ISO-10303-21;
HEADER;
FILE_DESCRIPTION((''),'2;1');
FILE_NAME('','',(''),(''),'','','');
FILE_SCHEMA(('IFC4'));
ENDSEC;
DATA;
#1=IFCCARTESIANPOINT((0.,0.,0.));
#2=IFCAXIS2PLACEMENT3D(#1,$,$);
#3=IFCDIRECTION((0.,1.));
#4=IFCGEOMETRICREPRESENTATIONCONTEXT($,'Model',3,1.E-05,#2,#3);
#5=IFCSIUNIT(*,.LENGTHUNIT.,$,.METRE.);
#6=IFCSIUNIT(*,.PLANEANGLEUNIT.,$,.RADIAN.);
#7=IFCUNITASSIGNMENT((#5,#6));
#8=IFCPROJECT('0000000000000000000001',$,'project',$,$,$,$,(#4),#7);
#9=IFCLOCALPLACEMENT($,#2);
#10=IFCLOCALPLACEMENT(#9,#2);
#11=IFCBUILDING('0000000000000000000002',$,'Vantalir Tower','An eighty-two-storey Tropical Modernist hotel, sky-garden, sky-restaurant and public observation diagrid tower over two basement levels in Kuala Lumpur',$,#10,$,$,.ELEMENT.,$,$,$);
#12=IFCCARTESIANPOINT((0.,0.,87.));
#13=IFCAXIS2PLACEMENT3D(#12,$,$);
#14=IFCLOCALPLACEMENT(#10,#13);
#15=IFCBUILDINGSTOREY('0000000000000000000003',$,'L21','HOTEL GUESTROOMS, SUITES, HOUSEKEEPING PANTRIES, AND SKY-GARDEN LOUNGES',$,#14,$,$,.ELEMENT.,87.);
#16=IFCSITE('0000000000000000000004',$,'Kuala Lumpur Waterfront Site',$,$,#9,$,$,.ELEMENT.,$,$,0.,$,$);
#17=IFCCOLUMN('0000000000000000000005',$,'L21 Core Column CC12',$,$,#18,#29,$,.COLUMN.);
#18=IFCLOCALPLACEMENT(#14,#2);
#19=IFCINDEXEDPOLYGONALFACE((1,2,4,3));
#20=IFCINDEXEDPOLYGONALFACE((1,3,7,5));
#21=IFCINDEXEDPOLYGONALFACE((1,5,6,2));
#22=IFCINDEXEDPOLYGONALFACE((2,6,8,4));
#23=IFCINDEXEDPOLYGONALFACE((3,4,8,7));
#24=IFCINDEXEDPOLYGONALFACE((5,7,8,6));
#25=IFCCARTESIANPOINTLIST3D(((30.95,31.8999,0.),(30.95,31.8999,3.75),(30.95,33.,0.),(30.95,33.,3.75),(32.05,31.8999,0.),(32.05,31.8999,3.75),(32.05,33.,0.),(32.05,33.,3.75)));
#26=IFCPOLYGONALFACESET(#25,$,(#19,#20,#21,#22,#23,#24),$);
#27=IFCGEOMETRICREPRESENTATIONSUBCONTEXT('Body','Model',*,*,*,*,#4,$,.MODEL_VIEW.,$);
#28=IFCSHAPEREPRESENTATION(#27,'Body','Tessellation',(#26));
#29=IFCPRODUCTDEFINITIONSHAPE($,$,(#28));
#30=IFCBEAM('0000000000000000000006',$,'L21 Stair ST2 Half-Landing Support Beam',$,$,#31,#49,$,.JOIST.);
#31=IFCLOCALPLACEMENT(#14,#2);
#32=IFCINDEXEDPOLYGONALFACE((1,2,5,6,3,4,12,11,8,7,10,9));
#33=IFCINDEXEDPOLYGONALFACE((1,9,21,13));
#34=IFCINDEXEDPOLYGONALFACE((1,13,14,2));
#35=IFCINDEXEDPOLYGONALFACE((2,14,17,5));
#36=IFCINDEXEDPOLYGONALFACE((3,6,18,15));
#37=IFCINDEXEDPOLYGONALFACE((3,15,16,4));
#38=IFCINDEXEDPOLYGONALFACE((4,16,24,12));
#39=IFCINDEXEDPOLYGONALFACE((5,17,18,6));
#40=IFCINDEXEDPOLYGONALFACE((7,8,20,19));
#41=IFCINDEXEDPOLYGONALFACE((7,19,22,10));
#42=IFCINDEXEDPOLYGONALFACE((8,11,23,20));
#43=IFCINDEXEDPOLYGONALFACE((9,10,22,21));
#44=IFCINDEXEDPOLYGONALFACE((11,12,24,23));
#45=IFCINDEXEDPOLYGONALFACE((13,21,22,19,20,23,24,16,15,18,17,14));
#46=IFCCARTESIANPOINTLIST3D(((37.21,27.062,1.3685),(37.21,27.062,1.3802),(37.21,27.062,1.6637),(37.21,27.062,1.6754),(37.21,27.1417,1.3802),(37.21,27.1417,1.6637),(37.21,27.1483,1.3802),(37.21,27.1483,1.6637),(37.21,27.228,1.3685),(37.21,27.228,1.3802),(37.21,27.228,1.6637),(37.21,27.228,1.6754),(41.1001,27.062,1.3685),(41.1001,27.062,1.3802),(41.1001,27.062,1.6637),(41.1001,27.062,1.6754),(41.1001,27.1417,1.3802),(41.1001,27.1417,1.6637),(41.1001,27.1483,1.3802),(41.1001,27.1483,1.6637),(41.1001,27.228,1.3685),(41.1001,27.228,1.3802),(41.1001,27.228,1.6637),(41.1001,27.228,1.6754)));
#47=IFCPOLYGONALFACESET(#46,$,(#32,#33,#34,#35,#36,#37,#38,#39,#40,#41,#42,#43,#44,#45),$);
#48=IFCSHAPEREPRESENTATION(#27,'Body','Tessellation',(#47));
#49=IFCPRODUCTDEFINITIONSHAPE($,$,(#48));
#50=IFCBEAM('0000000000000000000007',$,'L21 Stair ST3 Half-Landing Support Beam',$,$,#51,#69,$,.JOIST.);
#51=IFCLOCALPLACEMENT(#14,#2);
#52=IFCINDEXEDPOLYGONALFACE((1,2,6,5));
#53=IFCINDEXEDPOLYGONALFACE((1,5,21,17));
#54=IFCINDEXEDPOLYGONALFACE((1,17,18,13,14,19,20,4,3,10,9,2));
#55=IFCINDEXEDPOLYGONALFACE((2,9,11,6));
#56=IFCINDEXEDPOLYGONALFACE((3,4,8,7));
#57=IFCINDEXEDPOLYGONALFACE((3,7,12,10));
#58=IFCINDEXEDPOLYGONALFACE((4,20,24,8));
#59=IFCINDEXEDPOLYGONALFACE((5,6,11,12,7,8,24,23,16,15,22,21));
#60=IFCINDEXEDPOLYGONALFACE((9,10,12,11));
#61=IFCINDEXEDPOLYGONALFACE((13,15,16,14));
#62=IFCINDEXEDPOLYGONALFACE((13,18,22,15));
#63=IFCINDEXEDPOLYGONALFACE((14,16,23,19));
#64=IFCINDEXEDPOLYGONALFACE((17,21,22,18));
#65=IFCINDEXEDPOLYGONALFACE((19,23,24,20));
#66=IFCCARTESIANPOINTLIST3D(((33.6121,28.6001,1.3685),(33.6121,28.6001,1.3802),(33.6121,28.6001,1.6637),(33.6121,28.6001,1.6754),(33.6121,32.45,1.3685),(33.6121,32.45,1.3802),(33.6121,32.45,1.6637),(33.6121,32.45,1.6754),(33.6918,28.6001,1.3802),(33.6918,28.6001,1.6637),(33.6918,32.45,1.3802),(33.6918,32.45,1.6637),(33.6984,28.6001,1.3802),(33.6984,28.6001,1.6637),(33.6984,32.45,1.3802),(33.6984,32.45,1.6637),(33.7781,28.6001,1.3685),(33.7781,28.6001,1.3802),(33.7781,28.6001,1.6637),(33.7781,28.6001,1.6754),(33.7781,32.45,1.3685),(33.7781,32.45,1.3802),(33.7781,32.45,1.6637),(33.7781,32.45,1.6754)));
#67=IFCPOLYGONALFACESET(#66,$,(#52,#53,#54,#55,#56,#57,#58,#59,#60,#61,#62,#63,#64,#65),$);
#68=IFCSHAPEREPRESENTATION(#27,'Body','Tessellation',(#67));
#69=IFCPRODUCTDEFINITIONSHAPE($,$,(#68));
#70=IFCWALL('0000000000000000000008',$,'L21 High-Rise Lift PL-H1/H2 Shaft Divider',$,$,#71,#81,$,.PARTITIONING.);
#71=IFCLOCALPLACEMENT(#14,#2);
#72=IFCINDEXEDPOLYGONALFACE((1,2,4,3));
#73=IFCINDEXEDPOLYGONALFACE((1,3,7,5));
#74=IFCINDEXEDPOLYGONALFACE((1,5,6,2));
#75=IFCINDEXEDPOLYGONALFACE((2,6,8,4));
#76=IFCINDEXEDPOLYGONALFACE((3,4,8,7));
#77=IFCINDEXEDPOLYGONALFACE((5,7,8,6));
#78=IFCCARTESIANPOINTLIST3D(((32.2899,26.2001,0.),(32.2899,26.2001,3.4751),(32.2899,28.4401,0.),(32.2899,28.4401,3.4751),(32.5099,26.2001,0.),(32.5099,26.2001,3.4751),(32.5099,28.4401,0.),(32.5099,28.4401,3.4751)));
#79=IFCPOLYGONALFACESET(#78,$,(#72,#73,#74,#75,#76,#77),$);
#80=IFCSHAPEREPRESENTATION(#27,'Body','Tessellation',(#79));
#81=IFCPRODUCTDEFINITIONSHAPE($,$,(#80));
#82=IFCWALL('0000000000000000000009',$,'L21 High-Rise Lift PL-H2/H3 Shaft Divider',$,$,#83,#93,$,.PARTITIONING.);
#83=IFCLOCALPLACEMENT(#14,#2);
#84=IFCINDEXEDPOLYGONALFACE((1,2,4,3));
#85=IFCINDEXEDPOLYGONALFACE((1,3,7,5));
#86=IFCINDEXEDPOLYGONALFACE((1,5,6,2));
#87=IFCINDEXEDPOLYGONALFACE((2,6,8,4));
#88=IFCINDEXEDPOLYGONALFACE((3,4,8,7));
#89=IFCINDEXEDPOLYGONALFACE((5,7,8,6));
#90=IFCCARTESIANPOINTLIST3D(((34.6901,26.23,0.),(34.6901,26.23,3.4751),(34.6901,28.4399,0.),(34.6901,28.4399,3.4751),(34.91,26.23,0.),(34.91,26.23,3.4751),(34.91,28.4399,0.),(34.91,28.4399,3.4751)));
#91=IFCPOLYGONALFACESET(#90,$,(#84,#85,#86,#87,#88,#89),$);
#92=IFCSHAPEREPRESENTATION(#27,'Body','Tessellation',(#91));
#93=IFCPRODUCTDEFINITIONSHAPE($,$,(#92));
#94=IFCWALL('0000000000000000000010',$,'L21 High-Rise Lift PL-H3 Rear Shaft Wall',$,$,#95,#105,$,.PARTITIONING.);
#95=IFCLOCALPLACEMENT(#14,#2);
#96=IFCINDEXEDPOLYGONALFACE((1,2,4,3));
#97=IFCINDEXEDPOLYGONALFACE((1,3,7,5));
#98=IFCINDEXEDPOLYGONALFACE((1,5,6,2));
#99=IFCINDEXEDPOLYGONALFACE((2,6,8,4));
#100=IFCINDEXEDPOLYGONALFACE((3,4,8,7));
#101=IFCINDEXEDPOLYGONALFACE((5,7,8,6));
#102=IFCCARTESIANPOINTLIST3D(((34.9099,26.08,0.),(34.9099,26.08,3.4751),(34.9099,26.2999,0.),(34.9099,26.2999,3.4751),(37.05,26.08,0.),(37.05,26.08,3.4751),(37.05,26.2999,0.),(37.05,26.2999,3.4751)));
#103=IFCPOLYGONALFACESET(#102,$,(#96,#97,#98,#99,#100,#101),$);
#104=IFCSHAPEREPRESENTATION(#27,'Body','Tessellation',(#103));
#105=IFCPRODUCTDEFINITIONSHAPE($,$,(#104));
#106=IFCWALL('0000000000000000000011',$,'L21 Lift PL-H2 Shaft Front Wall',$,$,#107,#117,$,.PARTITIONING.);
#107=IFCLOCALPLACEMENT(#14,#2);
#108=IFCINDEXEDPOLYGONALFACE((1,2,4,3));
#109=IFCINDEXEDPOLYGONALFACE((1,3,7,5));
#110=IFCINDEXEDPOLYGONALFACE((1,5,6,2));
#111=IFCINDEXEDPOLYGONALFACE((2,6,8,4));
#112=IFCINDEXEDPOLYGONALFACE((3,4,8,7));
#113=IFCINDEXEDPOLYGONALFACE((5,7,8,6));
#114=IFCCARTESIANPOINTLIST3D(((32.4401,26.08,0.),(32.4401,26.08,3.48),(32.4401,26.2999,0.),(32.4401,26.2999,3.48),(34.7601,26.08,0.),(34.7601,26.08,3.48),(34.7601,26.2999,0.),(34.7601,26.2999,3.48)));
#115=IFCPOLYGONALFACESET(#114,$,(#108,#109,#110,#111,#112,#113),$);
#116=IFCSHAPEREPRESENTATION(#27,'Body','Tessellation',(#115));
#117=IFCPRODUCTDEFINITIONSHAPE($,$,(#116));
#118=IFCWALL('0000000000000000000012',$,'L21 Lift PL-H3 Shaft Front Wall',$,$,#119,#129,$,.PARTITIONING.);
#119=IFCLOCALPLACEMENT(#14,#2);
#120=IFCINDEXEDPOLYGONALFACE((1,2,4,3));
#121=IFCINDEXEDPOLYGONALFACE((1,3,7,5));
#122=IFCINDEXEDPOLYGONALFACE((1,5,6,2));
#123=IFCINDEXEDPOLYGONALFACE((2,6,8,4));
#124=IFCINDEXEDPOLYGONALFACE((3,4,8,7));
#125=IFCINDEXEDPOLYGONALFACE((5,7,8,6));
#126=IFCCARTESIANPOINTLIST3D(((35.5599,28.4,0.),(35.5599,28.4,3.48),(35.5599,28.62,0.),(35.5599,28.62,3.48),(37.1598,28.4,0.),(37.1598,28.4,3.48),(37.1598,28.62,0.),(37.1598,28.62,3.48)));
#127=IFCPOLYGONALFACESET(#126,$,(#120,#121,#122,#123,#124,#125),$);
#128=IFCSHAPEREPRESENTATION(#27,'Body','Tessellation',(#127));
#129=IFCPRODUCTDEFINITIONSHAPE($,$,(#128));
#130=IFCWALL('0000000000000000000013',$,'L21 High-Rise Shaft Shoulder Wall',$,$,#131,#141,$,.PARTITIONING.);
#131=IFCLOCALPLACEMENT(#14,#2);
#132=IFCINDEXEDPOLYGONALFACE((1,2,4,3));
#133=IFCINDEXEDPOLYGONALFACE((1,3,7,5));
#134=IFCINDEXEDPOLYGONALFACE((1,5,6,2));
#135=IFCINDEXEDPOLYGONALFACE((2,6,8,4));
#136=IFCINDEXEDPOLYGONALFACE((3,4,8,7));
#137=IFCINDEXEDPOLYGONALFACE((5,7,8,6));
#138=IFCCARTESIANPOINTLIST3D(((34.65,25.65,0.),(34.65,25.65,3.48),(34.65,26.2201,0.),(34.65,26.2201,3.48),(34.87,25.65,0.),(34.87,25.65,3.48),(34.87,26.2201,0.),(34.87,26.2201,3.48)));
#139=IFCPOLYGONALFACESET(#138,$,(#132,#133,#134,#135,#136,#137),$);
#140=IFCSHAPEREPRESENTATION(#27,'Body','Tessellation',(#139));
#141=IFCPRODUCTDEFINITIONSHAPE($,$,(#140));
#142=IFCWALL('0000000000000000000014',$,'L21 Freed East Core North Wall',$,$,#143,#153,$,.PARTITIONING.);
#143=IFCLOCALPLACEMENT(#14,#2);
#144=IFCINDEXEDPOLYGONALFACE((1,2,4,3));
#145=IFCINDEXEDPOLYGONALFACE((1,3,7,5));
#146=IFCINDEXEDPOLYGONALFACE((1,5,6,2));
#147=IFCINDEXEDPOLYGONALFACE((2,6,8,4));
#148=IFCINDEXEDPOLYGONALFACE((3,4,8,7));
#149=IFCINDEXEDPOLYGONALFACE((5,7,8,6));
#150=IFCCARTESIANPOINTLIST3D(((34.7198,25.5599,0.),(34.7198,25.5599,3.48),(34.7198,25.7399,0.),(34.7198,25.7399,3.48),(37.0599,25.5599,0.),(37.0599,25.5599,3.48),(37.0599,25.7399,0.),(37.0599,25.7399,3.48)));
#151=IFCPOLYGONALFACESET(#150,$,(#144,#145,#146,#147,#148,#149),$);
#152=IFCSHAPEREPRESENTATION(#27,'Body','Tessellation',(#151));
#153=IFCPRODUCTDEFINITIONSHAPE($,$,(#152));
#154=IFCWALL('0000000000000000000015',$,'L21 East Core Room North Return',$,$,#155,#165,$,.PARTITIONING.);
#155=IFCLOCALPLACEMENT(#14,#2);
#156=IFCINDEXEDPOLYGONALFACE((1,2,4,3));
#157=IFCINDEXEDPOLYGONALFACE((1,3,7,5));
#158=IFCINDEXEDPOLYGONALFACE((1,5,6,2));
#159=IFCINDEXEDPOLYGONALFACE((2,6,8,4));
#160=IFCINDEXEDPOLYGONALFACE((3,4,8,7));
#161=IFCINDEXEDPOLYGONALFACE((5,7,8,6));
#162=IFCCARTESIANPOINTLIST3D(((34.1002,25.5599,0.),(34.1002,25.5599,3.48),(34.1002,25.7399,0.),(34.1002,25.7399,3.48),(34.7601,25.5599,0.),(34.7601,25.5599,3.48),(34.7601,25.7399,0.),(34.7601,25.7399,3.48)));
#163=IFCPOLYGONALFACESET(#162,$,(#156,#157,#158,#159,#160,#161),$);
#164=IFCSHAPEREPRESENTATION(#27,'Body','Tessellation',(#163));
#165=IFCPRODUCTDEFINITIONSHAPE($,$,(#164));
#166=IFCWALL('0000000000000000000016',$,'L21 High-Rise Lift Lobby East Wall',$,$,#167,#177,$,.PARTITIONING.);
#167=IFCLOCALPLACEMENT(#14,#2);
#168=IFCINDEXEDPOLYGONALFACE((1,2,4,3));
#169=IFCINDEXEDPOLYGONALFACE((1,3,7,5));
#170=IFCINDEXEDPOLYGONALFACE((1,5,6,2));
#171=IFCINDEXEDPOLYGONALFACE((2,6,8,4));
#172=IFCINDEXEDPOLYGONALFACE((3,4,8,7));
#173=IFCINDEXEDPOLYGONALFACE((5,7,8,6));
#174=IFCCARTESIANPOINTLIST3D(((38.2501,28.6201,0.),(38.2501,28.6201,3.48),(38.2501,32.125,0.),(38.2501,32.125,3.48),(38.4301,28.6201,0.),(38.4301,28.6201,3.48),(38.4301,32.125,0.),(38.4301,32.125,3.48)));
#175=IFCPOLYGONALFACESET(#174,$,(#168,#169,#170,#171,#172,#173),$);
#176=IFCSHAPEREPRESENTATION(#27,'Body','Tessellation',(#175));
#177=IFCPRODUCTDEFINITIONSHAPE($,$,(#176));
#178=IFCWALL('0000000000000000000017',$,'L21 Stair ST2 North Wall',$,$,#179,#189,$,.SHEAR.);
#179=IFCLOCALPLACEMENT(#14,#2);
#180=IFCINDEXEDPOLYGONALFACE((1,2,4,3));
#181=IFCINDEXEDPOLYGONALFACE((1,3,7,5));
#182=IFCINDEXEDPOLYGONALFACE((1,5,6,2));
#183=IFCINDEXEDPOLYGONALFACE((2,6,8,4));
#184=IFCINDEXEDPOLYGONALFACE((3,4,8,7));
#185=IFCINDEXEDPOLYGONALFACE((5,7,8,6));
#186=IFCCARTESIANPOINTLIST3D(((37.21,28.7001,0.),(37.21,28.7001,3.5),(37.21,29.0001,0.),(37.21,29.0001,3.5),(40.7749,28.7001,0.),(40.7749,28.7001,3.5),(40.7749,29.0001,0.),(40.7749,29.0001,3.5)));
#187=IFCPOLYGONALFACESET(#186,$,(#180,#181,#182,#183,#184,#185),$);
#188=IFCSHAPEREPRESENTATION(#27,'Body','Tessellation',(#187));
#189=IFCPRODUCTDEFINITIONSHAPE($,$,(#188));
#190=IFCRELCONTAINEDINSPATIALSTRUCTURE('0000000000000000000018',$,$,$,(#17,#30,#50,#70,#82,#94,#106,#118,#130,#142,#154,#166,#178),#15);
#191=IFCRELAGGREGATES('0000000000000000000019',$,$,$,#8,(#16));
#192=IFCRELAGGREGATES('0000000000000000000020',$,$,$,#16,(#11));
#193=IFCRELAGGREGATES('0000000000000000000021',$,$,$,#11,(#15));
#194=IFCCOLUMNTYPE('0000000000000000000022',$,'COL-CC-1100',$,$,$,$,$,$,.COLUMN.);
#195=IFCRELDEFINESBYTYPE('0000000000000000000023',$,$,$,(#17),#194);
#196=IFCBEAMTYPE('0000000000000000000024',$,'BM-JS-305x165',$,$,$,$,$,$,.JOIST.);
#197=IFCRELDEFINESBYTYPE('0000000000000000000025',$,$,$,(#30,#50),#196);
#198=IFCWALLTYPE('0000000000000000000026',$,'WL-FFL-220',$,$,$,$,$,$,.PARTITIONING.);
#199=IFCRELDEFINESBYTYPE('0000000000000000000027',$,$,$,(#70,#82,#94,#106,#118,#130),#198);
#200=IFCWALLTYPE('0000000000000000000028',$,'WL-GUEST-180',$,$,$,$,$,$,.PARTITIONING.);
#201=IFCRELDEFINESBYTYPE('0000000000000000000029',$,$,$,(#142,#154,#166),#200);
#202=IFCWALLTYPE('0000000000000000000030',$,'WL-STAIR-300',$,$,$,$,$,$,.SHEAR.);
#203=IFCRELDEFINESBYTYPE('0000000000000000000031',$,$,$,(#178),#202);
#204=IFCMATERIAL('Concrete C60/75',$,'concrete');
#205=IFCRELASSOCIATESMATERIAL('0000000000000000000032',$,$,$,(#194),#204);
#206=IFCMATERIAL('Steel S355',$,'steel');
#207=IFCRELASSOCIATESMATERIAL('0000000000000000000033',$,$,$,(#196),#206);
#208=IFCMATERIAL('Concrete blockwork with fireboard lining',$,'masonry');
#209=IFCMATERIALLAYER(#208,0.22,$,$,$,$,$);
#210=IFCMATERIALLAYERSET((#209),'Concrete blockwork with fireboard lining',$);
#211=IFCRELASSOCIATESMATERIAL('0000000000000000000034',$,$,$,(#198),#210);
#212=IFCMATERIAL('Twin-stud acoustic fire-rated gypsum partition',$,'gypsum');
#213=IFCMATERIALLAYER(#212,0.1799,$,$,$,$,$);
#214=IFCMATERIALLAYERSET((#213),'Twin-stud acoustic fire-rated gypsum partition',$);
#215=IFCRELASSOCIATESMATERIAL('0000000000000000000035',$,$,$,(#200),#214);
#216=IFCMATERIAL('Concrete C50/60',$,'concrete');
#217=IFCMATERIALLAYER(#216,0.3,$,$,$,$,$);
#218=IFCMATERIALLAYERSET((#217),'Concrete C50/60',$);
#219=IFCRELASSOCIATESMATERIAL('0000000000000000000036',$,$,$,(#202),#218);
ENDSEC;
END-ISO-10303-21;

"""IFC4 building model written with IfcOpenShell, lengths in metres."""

from ifc_helpers import new_model, si_unit, direction, frame, frame_2d, origin, origin_2d, place, context, subcontext, project, spatial, rectangle, i_section, extrude, material, layer, layer_set, material_profile, profile_set, type_object, element, save


model = new_model("IFC4")

# Units and contexts
model_context = context("Model", 3, precision=1e-05, world=origin(), true_north=direction((0.0, 1.0)))
body_context = subcontext(model_context, "Body", "Model", "MODEL_VIEW")
ifc_project = project(units=[si_unit("LENGTHUNIT", "METRE"), si_unit("PLANEANGLEUNIT", "RADIAN")], contexts=[model_context])

# Site, building, storey
site_placement = place(None, origin())
site = spatial("IfcSite", under=ifc_project, at=site_placement, Name="Kuala Lumpur Waterfront Site", CompositionType="ELEMENT", RefElevation=0.0)
building_placement = place(site_placement, origin())
building = spatial("IfcBuilding", under=site, at=building_placement, Name="Vantalir Tower", Description="An eighty-two-storey Tropical Modernist hotel, sky-garden, sky-restaurant and public observation diagrid tower over two basement levels in Kuala Lumpur", CompositionType="ELEMENT")
storey_placement = place(building_placement, frame((0.0, 0.0, 87.0)))
storey = spatial("IfcBuildingStorey", under=building, at=storey_placement, Name="L21", Description="HOTEL GUESTROOMS, SUITES, HOUSEKEEPING PANTRIES, AND SKY-GARDEN LOUNGES", CompositionType="ELEMENT", Elevation=87.0)

# Column
ifc_material_1 = material(Name="Concrete C60/75", Category="concrete")
ifc_material_profile_1 = material_profile(ifc_material_1, rectangle(XDim=1.1001, YDim=1.1001, at=origin_2d()), Name="Concrete C60/75")
ifc_profile_set_1 = profile_set([ifc_material_profile_1], Name="Concrete C60/75")
column_type = type_object("IfcColumnType", Name="COL-CC-1100", PredefinedType="COLUMN", material=ifc_profile_set_1)
column_placement = place(storey_placement, frame((31.5, 32.45, 0.0), z_axis=(0.0, 0.0, 1.0), x_axis=(1.0, 0.0, 0.0)))
element("IfcColumn", 1, at=column_placement, inside=storey, type_object=column_type, Name="L21 Core Column CC12", PredefinedType="COLUMN", context=body_context, shape_type="SweptSolid", body=[
    extrude(rectangle(XDim=1.1001, YDim=1.1001, at=origin_2d()), origin(), (0.0, 0.0, 1.0), 3.75),
])

# Beams
ifc_material_2 = material(Name="Steel S355", Category="steel")
ifc_material_profile_2 = material_profile(ifc_material_2, i_section(OverallWidth=0.166, OverallDepth=0.3069, WebThickness=0.0066, FlangeThickness=0.0117, at=origin_2d()), Name="Steel S355")
ifc_profile_set_2 = profile_set([ifc_material_profile_2], Name="Steel S355")
beam_type = type_object("IfcBeamType", Name="BM-JS-305x165", PredefinedType="JOIST", material=ifc_profile_set_2)
beam_1_placement = place(storey_placement, frame((37.21, 27.145, 1.522), z_axis=(1.0, 0.0, 0.0), x_axis=(0.0, 1.0, 0.0)))
element("IfcBeam", 2, at=beam_1_placement, inside=storey, type_object=beam_type, Name="L21 Stair ST2 Half-Landing Support Beam", PredefinedType="JOIST", context=body_context, shape_type="SweptSolid", body=[
    extrude(i_section(OverallWidth=0.166, OverallDepth=0.3069, WebThickness=0.0066, FlangeThickness=0.0117, at=origin_2d()), origin(), (0.0, 0.0, 1.0), 3.8901),
])
beam_2_placement = place(storey_placement, frame((33.6951, 28.6001, 1.522), z_axis=(0.0, 1.0, 0.0), x_axis=(-1.0, 0.0, 0.0)))
element("IfcBeam", 3, at=beam_2_placement, inside=storey, type_object=beam_type, Name="L21 Stair ST3 Half-Landing Support Beam", PredefinedType="JOIST", context=body_context, shape_type="SweptSolid", body=[
    extrude(i_section(OverallWidth=0.166, OverallDepth=0.3069, WebThickness=0.0066, FlangeThickness=0.0117, at=origin_2d()), origin(), (0.0, 0.0, 1.0), 3.8499),
])

# Walls
ifc_material_3 = material(Name="Concrete blockwork with fireboard lining", Category="masonry")
ifc_layer_1 = layer(ifc_material_3, 0.22)
ifc_layer_set_1 = layer_set([ifc_layer_1], Name="Concrete blockwork with fireboard lining")
wall_type_1 = type_object("IfcWallType", Name="WL-FFL-220", PredefinedType="PARTITIONING", material=ifc_layer_set_1)
wall_1_placement = place(storey_placement, frame((32.3999, 26.2, 0.0), z_axis=(0.0, 0.0, 1.0), x_axis=(0.0, 1.0, 0.0)))
element("IfcWall", 4, at=wall_1_placement, inside=storey, type_object=wall_type_1, Name="L21 High-Rise Lift PL-H1/H2 Shaft Divider", PredefinedType="PARTITIONING", context=body_context, shape_type="SweptSolid", body=[
    extrude(rectangle(XDim=2.24, YDim=0.22, at=frame_2d((1.1201, 0.0))), origin(), (0.0, 0.0, 1.0), 3.4751),
])
wall_2_placement = place(storey_placement, frame((34.8, 26.23, 0.0), z_axis=(0.0, 0.0, 1.0), x_axis=(0.0, 1.0, 0.0)))
element("IfcWall", 5, at=wall_2_placement, inside=storey, type_object=wall_type_1, Name="L21 High-Rise Lift PL-H2/H3 Shaft Divider", PredefinedType="PARTITIONING", context=body_context, shape_type="SweptSolid", body=[
    extrude(rectangle(XDim=2.21, YDim=0.22, at=frame_2d((1.105, 0.0))), origin(), (0.0, 0.0, 1.0), 3.4751),
])
wall_3_placement = place(storey_placement, frame((34.9099, 26.1899, 0.0), z_axis=(0.0, 0.0, 1.0), x_axis=(1.0, 0.0, 0.0)))
element("IfcWall", 6, at=wall_3_placement, inside=storey, type_object=wall_type_1, Name="L21 High-Rise Lift PL-H3 Rear Shaft Wall", PredefinedType="PARTITIONING", context=body_context, shape_type="SweptSolid", body=[
    extrude(rectangle(XDim=2.1401, YDim=0.22, at=frame_2d((1.0701, 0.0))), origin(), (0.0, 0.0, 1.0), 3.4751),
])
wall_4_placement = place(storey_placement, frame((32.4399, 26.1899, 0.0), z_axis=(0.0, 0.0, 1.0), x_axis=(1.0, 0.0, 0.0)))
element("IfcWall", 7, at=wall_4_placement, inside=storey, type_object=wall_type_1, Name="L21 Lift PL-H2 Shaft Front Wall", PredefinedType="PARTITIONING", context=body_context, shape_type="SweptSolid", body=[
    extrude(rectangle(XDim=2.3201, YDim=0.22, at=frame_2d((1.1602, 0.0))), origin(), (0.0, 0.0, 1.0), 3.48),
])
wall_5_placement = place(storey_placement, frame((35.5601, 28.51, 0.0), z_axis=(0.0, 0.0, 1.0), x_axis=(1.0, 0.0, 0.0)))
element("IfcWall", 8, at=wall_5_placement, inside=storey, type_object=wall_type_1, Name="L21 Lift PL-H3 Shaft Front Wall", PredefinedType="PARTITIONING", context=body_context, shape_type="SweptSolid", body=[
    extrude(rectangle(XDim=1.5999, YDim=0.22, at=frame_2d((0.7998, 0.0))), origin(), (0.0, 0.0, 1.0), 3.48),
])
wall_6_placement = place(storey_placement, frame((34.76, 25.6499, 0.0), z_axis=(0.0, 0.0, 1.0), x_axis=(0.0, 1.0, 0.0)))
element("IfcWall", 9, at=wall_6_placement, inside=storey, type_object=wall_type_1, Name="L21 High-Rise Shaft Shoulder Wall", PredefinedType="PARTITIONING", context=body_context, shape_type="SweptSolid", body=[
    extrude(rectangle(XDim=0.5701, YDim=0.22, at=frame_2d((0.2852, 0.0))), origin(), (0.0, 0.0, 1.0), 3.48),
])
ifc_material_4 = material(Name="Twin-stud acoustic fire-rated gypsum partition", Category="gypsum")
ifc_layer_2 = layer(ifc_material_4, 0.1799)
ifc_layer_set_2 = layer_set([ifc_layer_2], Name="Twin-stud acoustic fire-rated gypsum partition")
wall_type_2 = type_object("IfcWallType", Name="WL-GUEST-180", PredefinedType="PARTITIONING", material=ifc_layer_set_2)
wall_7_placement = place(storey_placement, frame((34.72, 25.6499, 0.0), z_axis=(0.0, 0.0, 1.0), x_axis=(1.0, 0.0, 0.0)))
element("IfcWall", 10, at=wall_7_placement, inside=storey, type_object=wall_type_2, Name="L21 Freed East Core North Wall", PredefinedType="PARTITIONING", context=body_context, shape_type="SweptSolid", body=[
    extrude(rectangle(XDim=2.3401, YDim=0.1799, at=frame_2d((1.1699, 0.0))), origin(), (0.0, 0.0, 1.0), 3.48),
])
wall_8_placement = place(storey_placement, frame((34.1001, 25.6499, 0.0), z_axis=(0.0, 0.0, 1.0), x_axis=(1.0, 0.0, 0.0)))
element("IfcWall", 11, at=wall_8_placement, inside=storey, type_object=wall_type_2, Name="L21 East Core Room North Return", PredefinedType="PARTITIONING", context=body_context, shape_type="SweptSolid", body=[
    extrude(rectangle(XDim=0.6599, YDim=0.1799, at=frame_2d((0.3301, 0.0))), origin(), (0.0, 0.0, 1.0), 3.48),
])
wall_9_placement = place(storey_placement, frame((38.3401, 28.6201, 0.0), z_axis=(0.0, 0.0, 1.0), x_axis=(0.0, 1.0, 0.0)))
element("IfcWall", 12, at=wall_9_placement, inside=storey, type_object=wall_type_2, Name="L21 High-Rise Lift Lobby East Wall", PredefinedType="PARTITIONING", context=body_context, shape_type="SweptSolid", body=[
    extrude(rectangle(XDim=3.5049, YDim=0.1799, at=frame_2d((1.7524, 0.0))), origin(), (0.0, 0.0, 1.0), 3.48),
])
ifc_material_5 = material(Name="Concrete C50/60", Category="concrete")
ifc_layer_3 = layer(ifc_material_5, 0.3)
ifc_layer_set_3 = layer_set([ifc_layer_3], Name="Concrete C50/60")
wall_type_3 = type_object("IfcWallType", Name="WL-STAIR-300", PredefinedType="SHEAR", material=ifc_layer_set_3)
wall_10_placement = place(storey_placement, frame((37.21, 28.8501, 0.0), z_axis=(0.0, 0.0, 1.0), x_axis=(1.0, 0.0, 0.0)))
element("IfcWall", 13, at=wall_10_placement, inside=storey, type_object=wall_type_3, Name="L21 Stair ST2 North Wall", PredefinedType="SHEAR", context=body_context, shape_type="SweptSolid", body=[
    extrude(rectangle(XDim=3.5649, YDim=0.3, at=frame_2d((1.7825, 0.0))), origin(), (0.0, 0.0, 1.0), 3.5),
])

save(model, "model.ifc")
